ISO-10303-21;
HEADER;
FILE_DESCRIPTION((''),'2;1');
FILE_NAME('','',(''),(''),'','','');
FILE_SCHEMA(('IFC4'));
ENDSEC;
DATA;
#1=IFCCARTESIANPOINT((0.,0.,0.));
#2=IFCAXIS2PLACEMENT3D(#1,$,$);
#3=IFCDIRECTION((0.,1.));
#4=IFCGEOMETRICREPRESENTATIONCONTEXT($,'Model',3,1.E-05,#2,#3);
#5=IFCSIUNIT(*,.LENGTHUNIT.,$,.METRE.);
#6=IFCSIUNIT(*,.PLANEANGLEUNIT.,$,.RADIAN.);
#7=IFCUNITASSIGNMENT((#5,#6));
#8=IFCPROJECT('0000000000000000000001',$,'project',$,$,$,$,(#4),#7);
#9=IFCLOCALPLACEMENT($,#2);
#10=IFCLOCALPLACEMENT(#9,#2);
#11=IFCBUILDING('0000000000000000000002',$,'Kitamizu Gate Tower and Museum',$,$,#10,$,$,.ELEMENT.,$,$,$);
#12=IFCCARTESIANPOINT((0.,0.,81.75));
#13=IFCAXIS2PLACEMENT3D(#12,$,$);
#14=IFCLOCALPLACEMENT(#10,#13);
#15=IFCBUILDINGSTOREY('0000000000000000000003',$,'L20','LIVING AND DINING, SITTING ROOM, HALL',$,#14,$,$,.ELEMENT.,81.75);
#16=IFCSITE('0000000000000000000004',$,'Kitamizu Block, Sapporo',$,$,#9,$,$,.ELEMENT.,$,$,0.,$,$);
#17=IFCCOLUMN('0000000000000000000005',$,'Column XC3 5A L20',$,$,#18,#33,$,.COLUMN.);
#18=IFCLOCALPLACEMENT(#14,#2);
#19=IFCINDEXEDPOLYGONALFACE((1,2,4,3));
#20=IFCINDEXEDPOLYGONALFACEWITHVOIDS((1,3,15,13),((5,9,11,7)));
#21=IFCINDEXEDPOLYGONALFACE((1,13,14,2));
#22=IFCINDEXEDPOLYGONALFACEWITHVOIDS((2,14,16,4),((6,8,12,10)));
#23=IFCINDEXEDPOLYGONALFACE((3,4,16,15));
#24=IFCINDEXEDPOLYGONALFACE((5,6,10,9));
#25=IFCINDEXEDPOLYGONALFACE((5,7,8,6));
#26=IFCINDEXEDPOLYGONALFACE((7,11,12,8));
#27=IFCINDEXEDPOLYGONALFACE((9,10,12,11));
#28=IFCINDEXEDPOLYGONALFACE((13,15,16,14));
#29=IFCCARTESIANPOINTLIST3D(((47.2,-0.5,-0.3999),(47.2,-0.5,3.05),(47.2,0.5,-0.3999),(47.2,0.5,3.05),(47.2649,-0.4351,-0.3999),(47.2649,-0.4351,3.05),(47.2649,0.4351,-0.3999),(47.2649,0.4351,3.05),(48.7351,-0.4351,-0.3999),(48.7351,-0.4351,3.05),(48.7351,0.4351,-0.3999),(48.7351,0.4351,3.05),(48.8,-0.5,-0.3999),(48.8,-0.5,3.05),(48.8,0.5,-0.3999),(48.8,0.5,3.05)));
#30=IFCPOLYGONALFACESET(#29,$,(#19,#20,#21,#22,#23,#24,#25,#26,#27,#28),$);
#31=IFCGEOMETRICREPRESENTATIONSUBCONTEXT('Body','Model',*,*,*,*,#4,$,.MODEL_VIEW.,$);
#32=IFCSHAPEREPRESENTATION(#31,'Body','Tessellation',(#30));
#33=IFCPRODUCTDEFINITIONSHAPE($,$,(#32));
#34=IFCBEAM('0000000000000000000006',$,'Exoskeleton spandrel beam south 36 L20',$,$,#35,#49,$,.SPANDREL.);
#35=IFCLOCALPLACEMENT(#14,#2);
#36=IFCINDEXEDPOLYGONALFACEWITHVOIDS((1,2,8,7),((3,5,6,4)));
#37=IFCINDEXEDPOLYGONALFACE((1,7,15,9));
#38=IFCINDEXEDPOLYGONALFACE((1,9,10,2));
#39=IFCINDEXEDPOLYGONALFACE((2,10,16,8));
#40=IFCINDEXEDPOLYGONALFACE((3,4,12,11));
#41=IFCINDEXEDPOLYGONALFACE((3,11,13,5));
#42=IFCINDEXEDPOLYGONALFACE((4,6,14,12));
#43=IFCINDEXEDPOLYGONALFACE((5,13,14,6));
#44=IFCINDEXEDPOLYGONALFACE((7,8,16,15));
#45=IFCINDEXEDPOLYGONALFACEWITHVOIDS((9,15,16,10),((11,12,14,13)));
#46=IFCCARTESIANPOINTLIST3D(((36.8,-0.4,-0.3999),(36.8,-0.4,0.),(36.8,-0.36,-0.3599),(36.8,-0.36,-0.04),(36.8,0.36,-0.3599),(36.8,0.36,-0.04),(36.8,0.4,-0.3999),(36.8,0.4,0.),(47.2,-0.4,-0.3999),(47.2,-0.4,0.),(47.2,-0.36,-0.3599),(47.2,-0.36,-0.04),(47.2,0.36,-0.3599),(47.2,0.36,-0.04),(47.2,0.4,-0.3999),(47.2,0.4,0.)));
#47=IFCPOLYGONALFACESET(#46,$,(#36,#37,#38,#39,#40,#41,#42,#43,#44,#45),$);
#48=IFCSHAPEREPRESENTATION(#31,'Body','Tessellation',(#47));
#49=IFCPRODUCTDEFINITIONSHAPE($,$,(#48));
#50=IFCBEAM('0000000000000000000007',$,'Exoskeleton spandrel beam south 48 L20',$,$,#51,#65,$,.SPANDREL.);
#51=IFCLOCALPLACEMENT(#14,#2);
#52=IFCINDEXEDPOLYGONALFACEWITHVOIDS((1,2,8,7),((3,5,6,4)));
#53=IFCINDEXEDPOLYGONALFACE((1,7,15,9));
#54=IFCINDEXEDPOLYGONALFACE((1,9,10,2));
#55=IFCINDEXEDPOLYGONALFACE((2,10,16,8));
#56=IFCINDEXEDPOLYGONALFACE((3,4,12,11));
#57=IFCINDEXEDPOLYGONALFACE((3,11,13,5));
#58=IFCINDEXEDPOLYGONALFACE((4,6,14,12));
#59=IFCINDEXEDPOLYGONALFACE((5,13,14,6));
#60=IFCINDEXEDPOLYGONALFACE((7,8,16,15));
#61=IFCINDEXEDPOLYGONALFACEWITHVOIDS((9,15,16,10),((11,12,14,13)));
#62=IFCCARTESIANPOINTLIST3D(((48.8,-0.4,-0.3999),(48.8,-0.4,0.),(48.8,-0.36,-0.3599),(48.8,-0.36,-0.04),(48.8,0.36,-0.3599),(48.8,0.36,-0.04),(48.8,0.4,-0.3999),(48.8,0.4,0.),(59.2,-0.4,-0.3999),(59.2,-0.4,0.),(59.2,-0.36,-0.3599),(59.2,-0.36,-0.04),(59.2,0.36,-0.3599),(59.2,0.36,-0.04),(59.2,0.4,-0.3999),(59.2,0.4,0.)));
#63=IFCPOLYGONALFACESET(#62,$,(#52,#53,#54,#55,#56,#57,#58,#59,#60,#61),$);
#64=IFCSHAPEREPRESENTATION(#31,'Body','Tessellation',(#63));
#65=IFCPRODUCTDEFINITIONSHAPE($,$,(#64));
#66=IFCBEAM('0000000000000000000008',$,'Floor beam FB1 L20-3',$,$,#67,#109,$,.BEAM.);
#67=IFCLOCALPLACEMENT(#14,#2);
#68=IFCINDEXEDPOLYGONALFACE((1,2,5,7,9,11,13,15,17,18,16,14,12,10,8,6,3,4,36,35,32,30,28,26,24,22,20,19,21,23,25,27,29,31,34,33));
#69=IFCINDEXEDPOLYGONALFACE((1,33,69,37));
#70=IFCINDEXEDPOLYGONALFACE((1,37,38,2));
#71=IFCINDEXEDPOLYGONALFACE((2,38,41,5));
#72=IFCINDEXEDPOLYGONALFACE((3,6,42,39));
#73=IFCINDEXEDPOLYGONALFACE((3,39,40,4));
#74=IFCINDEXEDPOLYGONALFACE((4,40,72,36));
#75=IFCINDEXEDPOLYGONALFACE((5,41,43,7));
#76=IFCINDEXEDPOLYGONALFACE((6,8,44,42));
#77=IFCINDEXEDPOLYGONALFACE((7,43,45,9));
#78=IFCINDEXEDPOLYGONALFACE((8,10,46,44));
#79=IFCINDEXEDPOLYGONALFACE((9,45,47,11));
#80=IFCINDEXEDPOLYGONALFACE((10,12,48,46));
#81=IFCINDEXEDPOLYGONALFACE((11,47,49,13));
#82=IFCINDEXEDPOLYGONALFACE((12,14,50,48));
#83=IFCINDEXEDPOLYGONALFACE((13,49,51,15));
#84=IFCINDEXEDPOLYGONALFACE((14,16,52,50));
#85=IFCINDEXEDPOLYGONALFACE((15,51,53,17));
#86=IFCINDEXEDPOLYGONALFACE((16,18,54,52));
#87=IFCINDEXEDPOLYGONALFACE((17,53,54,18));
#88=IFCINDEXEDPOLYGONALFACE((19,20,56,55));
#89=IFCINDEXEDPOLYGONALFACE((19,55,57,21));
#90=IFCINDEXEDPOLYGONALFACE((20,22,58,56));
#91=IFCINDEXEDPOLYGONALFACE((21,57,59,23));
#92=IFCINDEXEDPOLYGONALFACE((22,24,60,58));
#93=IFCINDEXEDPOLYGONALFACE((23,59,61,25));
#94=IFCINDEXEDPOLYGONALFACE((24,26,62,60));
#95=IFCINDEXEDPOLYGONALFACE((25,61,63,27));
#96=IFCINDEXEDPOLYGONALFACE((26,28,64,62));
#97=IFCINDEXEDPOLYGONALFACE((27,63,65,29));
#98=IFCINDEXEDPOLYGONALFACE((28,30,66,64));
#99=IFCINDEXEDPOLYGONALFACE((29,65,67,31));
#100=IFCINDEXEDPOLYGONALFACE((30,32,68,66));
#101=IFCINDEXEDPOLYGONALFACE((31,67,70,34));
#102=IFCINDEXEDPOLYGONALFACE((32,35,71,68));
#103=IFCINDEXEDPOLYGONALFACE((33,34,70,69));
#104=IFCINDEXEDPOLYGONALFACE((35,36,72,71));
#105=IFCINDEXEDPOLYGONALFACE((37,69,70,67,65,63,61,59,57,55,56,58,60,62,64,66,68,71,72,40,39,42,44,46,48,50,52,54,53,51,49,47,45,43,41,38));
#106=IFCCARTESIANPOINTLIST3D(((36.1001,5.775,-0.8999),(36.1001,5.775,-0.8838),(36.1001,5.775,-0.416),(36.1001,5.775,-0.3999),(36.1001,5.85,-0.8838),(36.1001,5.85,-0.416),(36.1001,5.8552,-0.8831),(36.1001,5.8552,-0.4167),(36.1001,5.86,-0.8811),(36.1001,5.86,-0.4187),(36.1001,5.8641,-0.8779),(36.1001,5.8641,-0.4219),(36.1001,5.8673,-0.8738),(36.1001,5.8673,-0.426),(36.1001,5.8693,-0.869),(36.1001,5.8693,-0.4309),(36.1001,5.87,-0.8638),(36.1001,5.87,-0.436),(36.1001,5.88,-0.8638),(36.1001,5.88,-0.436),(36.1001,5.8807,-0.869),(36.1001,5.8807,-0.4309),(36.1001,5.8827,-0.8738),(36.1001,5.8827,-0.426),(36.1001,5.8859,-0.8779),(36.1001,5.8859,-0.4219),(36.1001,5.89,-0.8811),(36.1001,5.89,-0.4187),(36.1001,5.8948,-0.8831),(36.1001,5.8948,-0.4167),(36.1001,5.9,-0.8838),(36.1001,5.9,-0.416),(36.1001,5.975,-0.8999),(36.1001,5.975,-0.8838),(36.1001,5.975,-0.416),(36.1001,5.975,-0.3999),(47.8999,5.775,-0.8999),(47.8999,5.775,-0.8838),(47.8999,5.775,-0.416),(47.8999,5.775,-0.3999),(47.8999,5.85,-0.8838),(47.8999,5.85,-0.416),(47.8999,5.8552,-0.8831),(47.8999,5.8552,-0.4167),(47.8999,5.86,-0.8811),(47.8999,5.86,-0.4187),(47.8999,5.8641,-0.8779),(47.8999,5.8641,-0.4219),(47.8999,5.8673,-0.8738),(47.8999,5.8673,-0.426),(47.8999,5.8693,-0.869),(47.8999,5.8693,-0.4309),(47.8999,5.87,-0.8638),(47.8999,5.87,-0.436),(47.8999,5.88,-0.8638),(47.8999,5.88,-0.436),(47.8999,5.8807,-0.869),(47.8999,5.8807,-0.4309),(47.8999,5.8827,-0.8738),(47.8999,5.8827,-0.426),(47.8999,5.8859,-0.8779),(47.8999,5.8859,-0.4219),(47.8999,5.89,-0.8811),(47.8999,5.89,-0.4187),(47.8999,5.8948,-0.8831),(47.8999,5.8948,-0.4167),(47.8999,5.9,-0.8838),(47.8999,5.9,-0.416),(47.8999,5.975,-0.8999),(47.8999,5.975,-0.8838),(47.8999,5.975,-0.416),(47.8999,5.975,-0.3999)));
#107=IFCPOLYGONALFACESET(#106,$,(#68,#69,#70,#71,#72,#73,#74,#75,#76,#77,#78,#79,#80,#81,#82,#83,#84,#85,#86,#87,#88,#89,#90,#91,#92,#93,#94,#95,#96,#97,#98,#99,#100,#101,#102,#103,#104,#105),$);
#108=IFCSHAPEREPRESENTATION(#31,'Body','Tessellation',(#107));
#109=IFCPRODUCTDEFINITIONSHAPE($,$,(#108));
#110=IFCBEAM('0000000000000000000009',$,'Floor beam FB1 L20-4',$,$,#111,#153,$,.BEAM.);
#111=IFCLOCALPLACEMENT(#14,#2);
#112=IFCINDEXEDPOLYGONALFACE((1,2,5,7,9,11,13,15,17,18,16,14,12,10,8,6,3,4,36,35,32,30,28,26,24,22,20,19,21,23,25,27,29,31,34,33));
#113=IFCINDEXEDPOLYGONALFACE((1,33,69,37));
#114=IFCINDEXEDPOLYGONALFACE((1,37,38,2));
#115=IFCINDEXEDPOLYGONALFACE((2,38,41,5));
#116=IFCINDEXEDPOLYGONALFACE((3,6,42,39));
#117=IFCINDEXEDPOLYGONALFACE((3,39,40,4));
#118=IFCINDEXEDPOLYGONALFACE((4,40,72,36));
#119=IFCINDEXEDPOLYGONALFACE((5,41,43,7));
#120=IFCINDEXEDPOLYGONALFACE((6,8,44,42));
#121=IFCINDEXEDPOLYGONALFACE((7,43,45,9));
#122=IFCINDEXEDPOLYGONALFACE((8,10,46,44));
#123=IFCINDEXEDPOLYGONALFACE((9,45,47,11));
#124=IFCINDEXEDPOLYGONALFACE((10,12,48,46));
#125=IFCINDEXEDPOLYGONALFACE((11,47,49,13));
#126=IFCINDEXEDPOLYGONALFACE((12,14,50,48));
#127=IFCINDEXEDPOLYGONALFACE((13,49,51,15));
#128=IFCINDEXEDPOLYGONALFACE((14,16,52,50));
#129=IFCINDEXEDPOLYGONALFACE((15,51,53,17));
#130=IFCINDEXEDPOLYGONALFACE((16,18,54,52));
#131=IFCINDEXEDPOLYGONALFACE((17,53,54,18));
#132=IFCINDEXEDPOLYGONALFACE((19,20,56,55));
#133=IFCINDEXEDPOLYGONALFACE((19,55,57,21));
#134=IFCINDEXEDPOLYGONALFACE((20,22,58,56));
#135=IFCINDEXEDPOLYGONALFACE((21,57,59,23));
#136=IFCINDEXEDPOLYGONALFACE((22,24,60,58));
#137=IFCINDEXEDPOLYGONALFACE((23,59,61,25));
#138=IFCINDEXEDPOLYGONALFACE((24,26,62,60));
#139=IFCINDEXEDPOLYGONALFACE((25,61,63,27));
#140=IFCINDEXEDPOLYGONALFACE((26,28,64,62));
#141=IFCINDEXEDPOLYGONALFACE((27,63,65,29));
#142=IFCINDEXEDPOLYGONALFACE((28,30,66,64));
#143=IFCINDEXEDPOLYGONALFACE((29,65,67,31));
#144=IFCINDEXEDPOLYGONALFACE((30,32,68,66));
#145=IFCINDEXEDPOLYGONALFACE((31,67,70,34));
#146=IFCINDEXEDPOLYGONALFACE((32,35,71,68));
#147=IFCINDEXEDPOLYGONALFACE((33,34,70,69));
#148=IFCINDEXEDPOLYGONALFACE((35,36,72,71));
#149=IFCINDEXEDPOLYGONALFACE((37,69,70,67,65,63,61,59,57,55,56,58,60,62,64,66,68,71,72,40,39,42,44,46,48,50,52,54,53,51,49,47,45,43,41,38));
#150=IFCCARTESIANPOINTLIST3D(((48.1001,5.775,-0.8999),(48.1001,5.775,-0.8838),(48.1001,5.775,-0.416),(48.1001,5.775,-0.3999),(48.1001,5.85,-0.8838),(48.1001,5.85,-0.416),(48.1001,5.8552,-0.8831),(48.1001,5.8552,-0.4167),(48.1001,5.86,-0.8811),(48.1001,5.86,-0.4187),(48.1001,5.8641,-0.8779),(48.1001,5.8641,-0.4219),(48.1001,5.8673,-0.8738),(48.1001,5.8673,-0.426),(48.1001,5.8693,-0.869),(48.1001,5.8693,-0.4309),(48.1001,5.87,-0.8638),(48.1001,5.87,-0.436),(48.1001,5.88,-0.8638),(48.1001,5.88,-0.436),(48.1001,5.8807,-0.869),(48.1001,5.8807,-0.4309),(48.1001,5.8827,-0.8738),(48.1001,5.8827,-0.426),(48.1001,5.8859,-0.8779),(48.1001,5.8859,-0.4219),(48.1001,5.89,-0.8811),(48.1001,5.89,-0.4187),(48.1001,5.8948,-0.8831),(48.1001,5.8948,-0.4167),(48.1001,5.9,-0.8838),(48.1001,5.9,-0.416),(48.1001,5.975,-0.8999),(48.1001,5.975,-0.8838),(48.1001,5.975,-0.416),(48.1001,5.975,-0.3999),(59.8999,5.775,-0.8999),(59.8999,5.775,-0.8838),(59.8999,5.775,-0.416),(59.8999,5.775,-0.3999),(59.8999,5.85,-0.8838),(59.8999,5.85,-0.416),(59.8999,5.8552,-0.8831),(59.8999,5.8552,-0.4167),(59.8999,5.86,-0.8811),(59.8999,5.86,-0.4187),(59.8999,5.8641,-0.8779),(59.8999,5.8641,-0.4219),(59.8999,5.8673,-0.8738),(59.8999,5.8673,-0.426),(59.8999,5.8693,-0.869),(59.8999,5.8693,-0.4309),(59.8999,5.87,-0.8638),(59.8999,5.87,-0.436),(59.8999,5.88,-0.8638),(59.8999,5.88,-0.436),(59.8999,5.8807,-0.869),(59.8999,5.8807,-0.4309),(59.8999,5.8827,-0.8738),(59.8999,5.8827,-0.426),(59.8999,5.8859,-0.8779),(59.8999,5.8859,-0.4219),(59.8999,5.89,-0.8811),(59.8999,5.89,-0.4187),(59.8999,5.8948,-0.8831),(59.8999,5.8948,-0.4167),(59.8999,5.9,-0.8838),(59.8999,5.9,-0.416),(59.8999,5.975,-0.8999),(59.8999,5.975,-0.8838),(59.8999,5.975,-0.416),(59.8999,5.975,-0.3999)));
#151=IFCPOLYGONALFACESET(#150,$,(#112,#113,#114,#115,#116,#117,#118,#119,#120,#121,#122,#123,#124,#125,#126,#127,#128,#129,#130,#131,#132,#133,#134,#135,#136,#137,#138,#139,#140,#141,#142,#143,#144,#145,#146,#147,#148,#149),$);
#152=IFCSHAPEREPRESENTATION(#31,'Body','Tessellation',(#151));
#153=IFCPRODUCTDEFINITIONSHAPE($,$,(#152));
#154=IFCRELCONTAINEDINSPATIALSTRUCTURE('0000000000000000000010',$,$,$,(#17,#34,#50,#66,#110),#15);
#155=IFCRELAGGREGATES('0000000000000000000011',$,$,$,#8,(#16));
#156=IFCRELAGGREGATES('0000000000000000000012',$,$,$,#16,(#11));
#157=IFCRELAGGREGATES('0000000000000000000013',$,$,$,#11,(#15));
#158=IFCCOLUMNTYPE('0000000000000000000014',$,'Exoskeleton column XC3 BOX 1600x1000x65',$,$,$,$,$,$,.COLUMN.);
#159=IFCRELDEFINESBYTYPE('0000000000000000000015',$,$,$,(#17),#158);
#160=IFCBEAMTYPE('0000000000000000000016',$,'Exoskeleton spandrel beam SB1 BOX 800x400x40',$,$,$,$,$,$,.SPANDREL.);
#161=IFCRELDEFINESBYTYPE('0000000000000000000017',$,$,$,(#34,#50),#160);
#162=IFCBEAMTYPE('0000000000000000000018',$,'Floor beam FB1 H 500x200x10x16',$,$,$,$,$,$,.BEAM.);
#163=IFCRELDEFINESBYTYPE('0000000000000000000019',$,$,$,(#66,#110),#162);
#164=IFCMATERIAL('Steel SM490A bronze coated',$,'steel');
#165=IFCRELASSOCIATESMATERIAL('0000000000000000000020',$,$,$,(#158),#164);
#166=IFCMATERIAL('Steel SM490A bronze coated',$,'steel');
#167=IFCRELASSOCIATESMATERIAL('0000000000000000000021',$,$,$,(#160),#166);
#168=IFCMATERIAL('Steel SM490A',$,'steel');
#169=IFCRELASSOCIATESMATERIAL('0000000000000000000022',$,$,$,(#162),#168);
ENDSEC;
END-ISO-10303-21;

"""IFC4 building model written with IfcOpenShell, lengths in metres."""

from ifc_helpers import new_model, si_unit, direction, frame, origin, origin_2d, place, context, subcontext, project, spatial, hollow_rectangle, i_section, extrude, material, material_profile, profile_set, type_object, element, save


model = new_model("IFC4")

# Units and contexts
model_context = context("Model", 3, precision=1e-05, world=origin(), true_north=direction((0.0, 1.0)))
body_context = subcontext(model_context, "Body", "Model", "MODEL_VIEW")
ifc_project = project(units=[si_unit("LENGTHUNIT", "METRE"), si_unit("PLANEANGLEUNIT", "RADIAN")], contexts=[model_context])

# Site, building, storey
site_placement = place(None, origin())
site = spatial("IfcSite", under=ifc_project, at=site_placement, Name="Kitamizu Block, Sapporo", CompositionType="ELEMENT", RefElevation=0.0)
building_placement = place(site_placement, origin())
building = spatial("IfcBuilding", under=site, at=building_placement, Name="Kitamizu Gate Tower and Museum", CompositionType="ELEMENT")
storey_placement = place(building_placement, frame((0.0, 0.0, 81.75)))
storey = spatial("IfcBuildingStorey", under=building, at=storey_placement, Name="L20", Description="LIVING AND DINING, SITTING ROOM, HALL", CompositionType="ELEMENT", Elevation=81.75)

# Column
ifc_material_1 = material(Name="Steel SM490A bronze coated", Category="steel")
ifc_material_profile_1 = material_profile(ifc_material_1, hollow_rectangle(XDim=1.6001, YDim=1.0, WallThickness=0.0649, at=origin_2d()), Name="BOX 1600x1000x65")
ifc_profile_set_1 = profile_set([ifc_material_profile_1], Name="Steel SM490A bronze coated")
column_type = type_object("IfcColumnType", Name="Exoskeleton column XC3 BOX 1600x1000x65", PredefinedType="COLUMN", material=ifc_profile_set_1)
column_placement = place(storey_placement, frame((48.0, 0.0, -0.3999), z_axis=(0.0, 0.0, 1.0), x_axis=(1.0, 0.0, 0.0)))
element("IfcColumn", 1, at=column_placement, inside=storey, type_object=column_type, Name="Column XC3 5A L20", PredefinedType="COLUMN", context=body_context, shape_type="SweptSolid", body=[
    extrude(hollow_rectangle(XDim=1.6001, YDim=1.0, WallThickness=0.0649, at=origin_2d()), origin(), (0.0, 0.0, 1.0), 3.45),
])

# Beams
ifc_material_2 = material(Name="Steel SM490A bronze coated", Category="steel")
ifc_material_profile_2 = material_profile(ifc_material_2, hollow_rectangle(XDim=0.8, YDim=0.3999, WallThickness=0.04, at=origin_2d()), Name="BOX 800x400x40")
ifc_profile_set_2 = profile_set([ifc_material_profile_2], Name="Steel SM490A bronze coated")
beam_type_1 = type_object("IfcBeamType", Name="Exoskeleton spandrel beam SB1 BOX 800x400x40", PredefinedType="SPANDREL", material=ifc_profile_set_2)
for number, where, z_axis, x_axis, name in (
    (2, (36.8, 0.0, -0.2), (1.0, 0.0, 0.0), (0.0, 1.0, 0.0), "Exoskeleton spandrel beam south 36 L20"),
    (3, (48.8, 0.0, -0.2), (1.0, 0.0, 0.0), (0.0, 1.0, 0.0), "Exoskeleton spandrel beam south 48 L20"),
):
    element("IfcBeam", number, at=place(storey_placement, frame(where, z_axis=z_axis, x_axis=x_axis)), inside=storey, type_object=beam_type_1, Name=name, PredefinedType="SPANDREL", context=body_context, shape_type="SweptSolid", body=[
        extrude(hollow_rectangle(XDim=0.8, YDim=0.3999, WallThickness=0.04, at=origin_2d()), origin(), (0.0, 0.0, 1.0), 10.3999),
    ])
ifc_material_3 = material(Name="Steel SM490A", Category="steel")
ifc_material_profile_3 = material_profile(ifc_material_3, i_section(OverallWidth=0.2, OverallDepth=0.5, WebThickness=0.01, FlangeThickness=0.0161, FilletRadius=0.02, at=origin_2d()), Name="H-500x200x10x16")
ifc_profile_set_3 = profile_set([ifc_material_profile_3], Name="Steel SM490A")
beam_type_2 = type_object("IfcBeamType", Name="Floor beam FB1 H 500x200x10x16", PredefinedType="BEAM", material=ifc_profile_set_3)
for number, where, z_axis, x_axis, name in (
    (4, (36.1001, 5.875, -0.6499), (1.0, 0.0, 0.0), (0.0, 1.0, 0.0), "Floor beam FB1 L20-3"),
    (5, (48.1001, 5.875, -0.6499), (1.0, 0.0, 0.0), (0.0, 1.0, 0.0), "Floor beam FB1 L20-4"),
):
    element("IfcBeam", number, at=place(storey_placement, frame(where, z_axis=z_axis, x_axis=x_axis)), inside=storey, type_object=beam_type_2, Name=name, PredefinedType="BEAM", context=body_context, shape_type="SweptSolid", body=[
        extrude(i_section(OverallWidth=0.2, OverallDepth=0.5, WebThickness=0.01, FlangeThickness=0.0161, FilletRadius=0.02, at=origin_2d()), origin(), (0.0, 0.0, 1.0), 11.7998),
    ])

save(model, "model.ifc")
